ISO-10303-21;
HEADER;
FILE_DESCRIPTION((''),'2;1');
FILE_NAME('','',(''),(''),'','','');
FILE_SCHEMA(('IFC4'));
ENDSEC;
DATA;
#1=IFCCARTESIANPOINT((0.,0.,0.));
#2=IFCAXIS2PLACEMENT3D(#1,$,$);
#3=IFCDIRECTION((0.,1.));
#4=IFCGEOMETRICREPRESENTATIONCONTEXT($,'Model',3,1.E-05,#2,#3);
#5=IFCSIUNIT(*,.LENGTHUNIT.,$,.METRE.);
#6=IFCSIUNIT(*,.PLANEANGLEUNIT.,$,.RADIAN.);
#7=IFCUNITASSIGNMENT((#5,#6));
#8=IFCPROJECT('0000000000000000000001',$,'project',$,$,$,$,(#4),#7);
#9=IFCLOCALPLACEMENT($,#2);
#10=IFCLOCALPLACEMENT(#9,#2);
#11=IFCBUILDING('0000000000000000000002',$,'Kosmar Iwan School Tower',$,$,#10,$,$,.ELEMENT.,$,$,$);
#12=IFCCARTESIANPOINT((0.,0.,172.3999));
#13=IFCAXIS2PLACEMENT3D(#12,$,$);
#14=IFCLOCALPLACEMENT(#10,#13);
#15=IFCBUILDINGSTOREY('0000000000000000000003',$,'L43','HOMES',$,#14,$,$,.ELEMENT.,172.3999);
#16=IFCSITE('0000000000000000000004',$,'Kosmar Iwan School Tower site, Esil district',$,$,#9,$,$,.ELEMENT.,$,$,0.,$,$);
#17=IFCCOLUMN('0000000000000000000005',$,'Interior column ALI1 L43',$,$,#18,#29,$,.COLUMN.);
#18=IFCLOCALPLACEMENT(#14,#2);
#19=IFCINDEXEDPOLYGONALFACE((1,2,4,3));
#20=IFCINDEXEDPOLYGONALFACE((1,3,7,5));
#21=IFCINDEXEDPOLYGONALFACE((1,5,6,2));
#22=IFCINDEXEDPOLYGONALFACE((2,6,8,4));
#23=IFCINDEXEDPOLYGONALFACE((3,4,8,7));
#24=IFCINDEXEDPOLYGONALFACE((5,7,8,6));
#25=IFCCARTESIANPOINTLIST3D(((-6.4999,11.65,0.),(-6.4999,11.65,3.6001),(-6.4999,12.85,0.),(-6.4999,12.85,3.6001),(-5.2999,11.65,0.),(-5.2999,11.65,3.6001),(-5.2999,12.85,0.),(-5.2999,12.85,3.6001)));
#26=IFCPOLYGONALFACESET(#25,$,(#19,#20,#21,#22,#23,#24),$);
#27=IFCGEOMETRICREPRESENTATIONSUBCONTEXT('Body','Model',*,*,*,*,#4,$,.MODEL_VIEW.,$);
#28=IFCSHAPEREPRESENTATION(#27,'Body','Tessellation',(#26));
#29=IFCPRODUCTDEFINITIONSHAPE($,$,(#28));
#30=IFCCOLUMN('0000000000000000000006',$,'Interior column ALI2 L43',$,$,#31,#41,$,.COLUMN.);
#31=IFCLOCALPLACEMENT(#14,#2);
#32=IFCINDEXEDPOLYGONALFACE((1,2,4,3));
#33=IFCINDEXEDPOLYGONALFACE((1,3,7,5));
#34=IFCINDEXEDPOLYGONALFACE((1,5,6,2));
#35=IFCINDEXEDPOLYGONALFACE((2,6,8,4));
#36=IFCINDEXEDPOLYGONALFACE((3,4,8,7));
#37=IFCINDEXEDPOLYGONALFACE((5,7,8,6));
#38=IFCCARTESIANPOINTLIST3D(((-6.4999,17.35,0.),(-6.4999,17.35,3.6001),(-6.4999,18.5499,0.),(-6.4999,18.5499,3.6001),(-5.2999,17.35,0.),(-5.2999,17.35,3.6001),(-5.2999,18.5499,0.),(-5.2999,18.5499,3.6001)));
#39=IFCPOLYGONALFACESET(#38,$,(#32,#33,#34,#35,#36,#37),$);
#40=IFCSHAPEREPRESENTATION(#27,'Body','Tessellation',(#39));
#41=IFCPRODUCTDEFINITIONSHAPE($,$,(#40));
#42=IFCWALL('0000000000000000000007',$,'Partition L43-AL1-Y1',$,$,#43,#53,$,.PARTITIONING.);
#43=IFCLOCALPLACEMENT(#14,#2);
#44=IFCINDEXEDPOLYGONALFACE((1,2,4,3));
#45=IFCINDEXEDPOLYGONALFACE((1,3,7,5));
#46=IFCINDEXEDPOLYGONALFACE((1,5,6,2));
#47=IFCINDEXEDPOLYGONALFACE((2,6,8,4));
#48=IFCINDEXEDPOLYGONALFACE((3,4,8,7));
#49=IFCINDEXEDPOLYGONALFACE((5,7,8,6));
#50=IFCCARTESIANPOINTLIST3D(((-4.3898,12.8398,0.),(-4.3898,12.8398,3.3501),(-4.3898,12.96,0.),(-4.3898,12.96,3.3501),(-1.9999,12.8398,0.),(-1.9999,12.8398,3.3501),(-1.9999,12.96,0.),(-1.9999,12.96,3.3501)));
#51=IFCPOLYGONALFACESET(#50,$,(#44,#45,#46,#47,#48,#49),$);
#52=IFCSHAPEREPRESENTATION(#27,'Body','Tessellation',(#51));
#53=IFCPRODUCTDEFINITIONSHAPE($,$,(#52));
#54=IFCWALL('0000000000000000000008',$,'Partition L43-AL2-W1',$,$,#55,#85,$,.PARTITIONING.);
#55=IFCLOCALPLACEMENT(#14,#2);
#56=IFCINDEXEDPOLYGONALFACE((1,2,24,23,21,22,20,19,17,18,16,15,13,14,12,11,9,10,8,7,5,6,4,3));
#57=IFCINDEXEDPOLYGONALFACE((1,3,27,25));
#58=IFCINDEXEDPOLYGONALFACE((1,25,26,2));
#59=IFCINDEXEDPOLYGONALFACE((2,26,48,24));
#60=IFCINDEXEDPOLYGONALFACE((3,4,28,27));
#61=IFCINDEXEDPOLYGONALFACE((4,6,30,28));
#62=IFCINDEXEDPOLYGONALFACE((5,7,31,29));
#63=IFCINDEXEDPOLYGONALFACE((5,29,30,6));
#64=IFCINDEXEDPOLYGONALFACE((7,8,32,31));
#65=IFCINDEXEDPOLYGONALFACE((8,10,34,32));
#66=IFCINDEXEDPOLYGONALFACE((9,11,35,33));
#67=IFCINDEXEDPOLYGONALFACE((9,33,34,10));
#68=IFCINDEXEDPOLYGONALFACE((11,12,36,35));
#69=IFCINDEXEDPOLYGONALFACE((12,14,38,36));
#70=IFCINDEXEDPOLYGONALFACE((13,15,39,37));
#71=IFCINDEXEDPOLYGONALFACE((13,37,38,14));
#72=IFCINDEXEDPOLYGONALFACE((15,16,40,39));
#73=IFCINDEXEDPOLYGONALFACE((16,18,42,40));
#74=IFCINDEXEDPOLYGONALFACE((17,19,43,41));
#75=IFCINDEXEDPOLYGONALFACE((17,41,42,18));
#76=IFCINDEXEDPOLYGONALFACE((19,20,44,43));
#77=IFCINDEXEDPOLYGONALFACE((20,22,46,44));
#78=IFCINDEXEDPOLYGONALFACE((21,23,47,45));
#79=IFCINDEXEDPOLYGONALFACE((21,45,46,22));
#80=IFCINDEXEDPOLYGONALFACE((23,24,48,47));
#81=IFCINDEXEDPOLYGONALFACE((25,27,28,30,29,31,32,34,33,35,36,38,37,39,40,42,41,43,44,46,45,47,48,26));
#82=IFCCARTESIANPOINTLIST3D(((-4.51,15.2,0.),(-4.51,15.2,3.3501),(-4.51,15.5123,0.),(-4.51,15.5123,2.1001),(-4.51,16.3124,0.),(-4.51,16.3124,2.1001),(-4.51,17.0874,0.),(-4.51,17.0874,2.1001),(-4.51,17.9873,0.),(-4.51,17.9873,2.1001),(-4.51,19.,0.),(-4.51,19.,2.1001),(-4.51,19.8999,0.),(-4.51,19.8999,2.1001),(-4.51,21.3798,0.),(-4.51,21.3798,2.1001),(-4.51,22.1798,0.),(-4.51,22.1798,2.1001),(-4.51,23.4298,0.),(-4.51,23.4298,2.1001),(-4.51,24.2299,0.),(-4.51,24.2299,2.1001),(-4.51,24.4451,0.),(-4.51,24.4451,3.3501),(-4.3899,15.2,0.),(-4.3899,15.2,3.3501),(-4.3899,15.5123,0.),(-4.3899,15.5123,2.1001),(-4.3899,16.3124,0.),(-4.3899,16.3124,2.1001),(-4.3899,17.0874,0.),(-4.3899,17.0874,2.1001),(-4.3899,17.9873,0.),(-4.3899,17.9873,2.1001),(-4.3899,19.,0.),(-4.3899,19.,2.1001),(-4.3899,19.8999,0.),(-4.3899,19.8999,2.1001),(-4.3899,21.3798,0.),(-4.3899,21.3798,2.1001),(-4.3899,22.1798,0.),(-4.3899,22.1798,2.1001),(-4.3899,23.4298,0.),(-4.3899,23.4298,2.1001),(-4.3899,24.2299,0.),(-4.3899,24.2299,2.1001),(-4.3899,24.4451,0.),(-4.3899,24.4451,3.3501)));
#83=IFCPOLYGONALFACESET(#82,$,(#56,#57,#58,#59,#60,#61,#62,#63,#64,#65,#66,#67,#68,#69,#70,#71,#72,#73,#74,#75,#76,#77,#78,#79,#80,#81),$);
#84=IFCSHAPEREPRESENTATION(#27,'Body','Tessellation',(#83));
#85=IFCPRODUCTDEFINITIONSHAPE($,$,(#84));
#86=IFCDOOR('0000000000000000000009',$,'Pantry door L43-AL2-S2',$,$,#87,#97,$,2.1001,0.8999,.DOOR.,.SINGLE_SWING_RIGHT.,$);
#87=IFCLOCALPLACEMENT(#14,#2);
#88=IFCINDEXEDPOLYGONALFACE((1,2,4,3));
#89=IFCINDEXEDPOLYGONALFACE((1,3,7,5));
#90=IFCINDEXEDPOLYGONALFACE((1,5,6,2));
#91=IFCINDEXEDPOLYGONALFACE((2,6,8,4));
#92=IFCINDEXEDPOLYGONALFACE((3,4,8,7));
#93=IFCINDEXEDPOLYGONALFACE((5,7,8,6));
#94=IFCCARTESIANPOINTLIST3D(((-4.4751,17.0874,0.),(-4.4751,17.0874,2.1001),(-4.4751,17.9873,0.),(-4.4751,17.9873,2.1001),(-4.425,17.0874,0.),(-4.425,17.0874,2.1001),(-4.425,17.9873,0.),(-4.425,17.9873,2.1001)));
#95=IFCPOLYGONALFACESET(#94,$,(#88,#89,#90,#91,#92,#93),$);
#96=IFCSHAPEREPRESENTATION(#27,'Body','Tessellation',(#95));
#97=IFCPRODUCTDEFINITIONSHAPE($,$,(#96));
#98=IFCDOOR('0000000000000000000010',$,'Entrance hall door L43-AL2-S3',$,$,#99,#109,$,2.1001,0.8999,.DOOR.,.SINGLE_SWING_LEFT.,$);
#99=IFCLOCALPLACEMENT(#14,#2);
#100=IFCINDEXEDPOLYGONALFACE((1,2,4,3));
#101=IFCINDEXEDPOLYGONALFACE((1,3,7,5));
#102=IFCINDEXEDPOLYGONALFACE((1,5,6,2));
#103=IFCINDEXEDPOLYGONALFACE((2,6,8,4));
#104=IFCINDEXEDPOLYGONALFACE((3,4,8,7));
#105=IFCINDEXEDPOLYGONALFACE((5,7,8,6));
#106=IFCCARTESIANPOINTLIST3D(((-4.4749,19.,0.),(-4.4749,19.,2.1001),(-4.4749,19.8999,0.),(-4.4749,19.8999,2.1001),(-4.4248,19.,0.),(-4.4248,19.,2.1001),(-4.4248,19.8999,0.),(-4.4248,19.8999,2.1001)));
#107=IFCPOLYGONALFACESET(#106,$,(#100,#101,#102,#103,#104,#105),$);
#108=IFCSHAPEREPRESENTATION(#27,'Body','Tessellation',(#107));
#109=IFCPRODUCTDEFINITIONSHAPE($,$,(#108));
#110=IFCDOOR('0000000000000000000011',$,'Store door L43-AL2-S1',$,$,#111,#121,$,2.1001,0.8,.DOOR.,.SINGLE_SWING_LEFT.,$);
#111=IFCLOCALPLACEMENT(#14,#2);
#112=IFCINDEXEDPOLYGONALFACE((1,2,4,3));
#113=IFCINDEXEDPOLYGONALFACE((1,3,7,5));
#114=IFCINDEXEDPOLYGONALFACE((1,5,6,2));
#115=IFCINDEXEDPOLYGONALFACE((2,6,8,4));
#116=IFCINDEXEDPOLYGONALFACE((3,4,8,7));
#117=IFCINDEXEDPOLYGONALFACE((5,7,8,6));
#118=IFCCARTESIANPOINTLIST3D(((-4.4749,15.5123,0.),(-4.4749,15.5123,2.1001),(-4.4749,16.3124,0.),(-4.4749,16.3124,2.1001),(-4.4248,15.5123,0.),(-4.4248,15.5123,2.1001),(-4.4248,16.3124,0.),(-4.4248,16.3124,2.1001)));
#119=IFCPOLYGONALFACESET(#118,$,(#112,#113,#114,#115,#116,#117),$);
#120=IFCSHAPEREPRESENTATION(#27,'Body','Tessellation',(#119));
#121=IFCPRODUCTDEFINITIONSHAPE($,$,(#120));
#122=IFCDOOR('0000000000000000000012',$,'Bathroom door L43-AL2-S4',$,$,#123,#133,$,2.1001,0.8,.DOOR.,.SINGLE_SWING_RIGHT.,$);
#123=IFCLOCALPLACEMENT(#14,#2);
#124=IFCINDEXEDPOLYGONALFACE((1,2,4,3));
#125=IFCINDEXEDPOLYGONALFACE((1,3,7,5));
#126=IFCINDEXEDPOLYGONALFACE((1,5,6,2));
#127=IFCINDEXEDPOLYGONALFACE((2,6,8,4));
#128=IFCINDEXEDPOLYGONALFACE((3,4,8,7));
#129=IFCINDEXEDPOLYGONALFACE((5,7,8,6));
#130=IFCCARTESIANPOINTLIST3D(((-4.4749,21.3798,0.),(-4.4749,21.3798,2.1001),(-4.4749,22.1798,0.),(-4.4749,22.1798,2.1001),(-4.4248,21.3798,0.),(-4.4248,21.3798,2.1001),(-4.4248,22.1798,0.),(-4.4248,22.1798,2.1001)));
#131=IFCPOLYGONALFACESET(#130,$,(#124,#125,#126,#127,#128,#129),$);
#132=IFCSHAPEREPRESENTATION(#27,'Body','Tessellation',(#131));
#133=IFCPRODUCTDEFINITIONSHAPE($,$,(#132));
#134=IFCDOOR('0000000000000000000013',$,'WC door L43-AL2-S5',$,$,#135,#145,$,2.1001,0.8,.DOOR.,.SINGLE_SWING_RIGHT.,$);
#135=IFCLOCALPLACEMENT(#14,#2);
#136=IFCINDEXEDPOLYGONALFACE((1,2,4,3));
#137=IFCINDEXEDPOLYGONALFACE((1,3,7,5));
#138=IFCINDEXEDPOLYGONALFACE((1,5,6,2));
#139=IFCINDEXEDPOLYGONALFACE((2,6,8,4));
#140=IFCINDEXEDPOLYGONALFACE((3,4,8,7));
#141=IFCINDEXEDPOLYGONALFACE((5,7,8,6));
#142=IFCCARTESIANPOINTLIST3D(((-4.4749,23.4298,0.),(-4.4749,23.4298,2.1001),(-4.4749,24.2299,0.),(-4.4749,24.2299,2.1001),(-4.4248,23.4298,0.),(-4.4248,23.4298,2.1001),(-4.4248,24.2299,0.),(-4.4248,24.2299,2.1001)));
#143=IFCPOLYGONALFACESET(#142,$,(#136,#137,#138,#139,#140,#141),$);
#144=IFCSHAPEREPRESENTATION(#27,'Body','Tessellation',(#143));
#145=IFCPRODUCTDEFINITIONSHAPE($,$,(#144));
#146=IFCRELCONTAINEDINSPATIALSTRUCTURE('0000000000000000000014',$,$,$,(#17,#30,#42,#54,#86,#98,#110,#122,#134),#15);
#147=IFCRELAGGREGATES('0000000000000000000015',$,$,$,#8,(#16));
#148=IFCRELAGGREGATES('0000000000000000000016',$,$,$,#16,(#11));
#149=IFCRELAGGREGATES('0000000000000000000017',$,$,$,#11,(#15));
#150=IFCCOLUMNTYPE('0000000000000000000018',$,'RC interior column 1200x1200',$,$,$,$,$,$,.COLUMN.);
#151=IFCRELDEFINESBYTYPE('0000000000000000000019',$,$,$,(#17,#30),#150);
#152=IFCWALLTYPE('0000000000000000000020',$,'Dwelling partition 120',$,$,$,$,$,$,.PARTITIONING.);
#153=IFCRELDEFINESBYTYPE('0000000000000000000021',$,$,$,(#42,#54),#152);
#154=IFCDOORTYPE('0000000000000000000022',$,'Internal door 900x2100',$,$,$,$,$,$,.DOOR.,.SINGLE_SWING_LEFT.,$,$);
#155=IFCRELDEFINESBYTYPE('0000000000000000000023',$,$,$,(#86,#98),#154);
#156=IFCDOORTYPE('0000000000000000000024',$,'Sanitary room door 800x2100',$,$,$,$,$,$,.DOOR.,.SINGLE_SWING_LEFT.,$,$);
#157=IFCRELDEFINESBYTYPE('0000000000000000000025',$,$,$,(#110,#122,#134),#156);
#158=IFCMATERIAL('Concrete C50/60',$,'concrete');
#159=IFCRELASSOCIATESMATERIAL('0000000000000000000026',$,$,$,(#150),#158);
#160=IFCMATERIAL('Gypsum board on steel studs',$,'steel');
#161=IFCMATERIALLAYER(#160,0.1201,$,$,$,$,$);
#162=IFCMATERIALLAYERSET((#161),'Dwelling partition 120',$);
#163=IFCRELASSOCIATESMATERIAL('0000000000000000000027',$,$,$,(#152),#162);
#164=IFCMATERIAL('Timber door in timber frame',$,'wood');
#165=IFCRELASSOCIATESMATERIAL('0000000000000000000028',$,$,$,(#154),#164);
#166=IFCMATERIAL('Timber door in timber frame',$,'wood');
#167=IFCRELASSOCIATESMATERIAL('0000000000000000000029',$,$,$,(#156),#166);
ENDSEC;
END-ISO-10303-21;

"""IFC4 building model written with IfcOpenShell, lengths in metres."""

from ifc_helpers import new_model, si_unit, direction, frame, frame_2d, origin, origin_2d, place, context, subcontext, project, spatial, rectangle, extrude, material, layer, layer_set, material_profile, profile_set, type_object, element, fill, save


model = new_model("IFC4")

# Units and contexts
model_context = context("Model", 3, precision=1e-05, world=origin(), true_north=direction((0.0, 1.0)))
body_context = subcontext(model_context, "Body", "Model", "MODEL_VIEW")
ifc_project = project(units=[si_unit("LENGTHUNIT", "METRE"), si_unit("PLANEANGLEUNIT", "RADIAN")], contexts=[model_context])

# Site, building, storey
site_placement = place(None, origin())
site = spatial("IfcSite", under=ifc_project, at=site_placement, Name="Kosmar Iwan School Tower site, Esil district", CompositionType="ELEMENT", RefElevation=0.0)
building_placement = place(site_placement, origin())
building = spatial("IfcBuilding", under=site, at=building_placement, Name="Kosmar Iwan School Tower", CompositionType="ELEMENT")
storey_placement = place(building_placement, frame((0.0, 0.0, 172.3999)))
storey = spatial("IfcBuildingStorey", under=building, at=storey_placement, Name="L43", Description="HOMES", CompositionType="ELEMENT", Elevation=172.3999)

# Columns
ifc_material_1 = material(Name="Concrete C50/60", Category="concrete")
ifc_material_profile = material_profile(ifc_material_1, rectangle(XDim=1.2, YDim=1.2, at=origin_2d()), Name="RC 1200x1200")
ifc_profile_set = profile_set([ifc_material_profile], Name="Concrete C50/60")
column_type = type_object("IfcColumnType", Name="RC interior column 1200x1200", PredefinedType="COLUMN", material=ifc_profile_set)
for number, where, z_axis, x_axis, name in (
    (1, (-5.8999, 12.25, 0.0), (0.0, 0.0, 1.0), (0.0, 1.0, 0.0), "Interior column ALI1 L43"),
    (2, (-5.8999, 17.95, 0.0), (0.0, 0.0, 1.0), (0.0, 1.0, 0.0), "Interior column ALI2 L43"),
):
    element("IfcColumn", number, at=place(storey_placement, frame(where, z_axis=z_axis, x_axis=x_axis)), inside=storey, type_object=column_type, Name=name, PredefinedType="COLUMN", context=body_context, shape_type="SweptSolid", body=[
        extrude(rectangle(XDim=1.2, YDim=1.2, at=origin_2d()), origin(), (0.0, 0.0, 1.0), 3.6001),
    ])

# Wall
ifc_material_2 = material(Name="Gypsum board on steel studs", Category="steel")
ifc_layer_1 = layer(ifc_material_2, 0.1201)
ifc_layer_set_1 = layer_set([ifc_layer_1], Name="Dwelling partition 120")
wall_type_1 = type_object("IfcWallType", Name="Dwelling partition 120", PredefinedType="PARTITIONING", material=ifc_layer_set_1)
wall_1_placement = place(storey_placement, frame((-2.0, 12.8999, 0.0), z_axis=(0.0, 0.0, 1.0), x_axis=(-1.0, 0.0, 0.0)))
element("IfcWall", 3, at=wall_1_placement, inside=storey, type_object=wall_type_1, Name="Partition L43-AL1-Y1", PredefinedType="PARTITIONING", context=body_context, shape_type="SweptSolid", body=[
    extrude(rectangle(XDim=2.3899, YDim=0.1201, at=frame_2d((1.1948, 0.0))), origin(), (0.0, 0.0, 1.0), 3.3501),
])

# Wall, openings, doors
wall_2_placement = place(storey_placement, frame((-4.45, 15.2, 0.0), z_axis=(0.0, 0.0, 1.0), x_axis=(0.0, 1.0, 0.0)))
wall_2 = element("IfcWall", 4, at=wall_2_placement, inside=storey, type_object=wall_type_1, Name="Partition L43-AL2-W1", PredefinedType="PARTITIONING", context=body_context, shape_type="SweptSolid", body=[
    extrude(rectangle(XDim=9.2451, YDim=0.1201, at=frame_2d((4.6226, 0.0))), origin(), (0.0, 0.0, 1.0), 3.3501),
])
opening_1_placement = place(wall_2_placement, frame((0.3125, 0.0, 0.0)))
opening_1 = element("IfcOpeningElement", 5, at=opening_1_placement, cuts=wall_2, PredefinedType="OPENING", context=body_context, shape_type="SweptSolid", body=[
    extrude(rectangle(XDim=0.8, YDim=2.1001, at=frame_2d((0.3999, 1.05))), frame((0.0, 0.072, 0.0), z_axis=(0.0, -1.0, 0.0), x_axis=(1.0, 0.0, 0.0)), (0.0, 0.0, 1.0), 0.144),
])
opening_2_placement = place(wall_2_placement, frame((1.8875, 0.0, 0.0)))
opening_2 = element("IfcOpeningElement", 6, at=opening_2_placement, cuts=wall_2, PredefinedType="OPENING", context=body_context, shape_type="SweptSolid", body=[
    extrude(rectangle(XDim=0.8999, YDim=2.1001, at=frame_2d((0.45, 1.05))), frame((0.0, 0.072, 0.0), z_axis=(0.0, -1.0, 0.0), x_axis=(1.0, 0.0, 0.0)), (0.0, 0.0, 1.0), 0.144),
])
opening_3_placement = place(wall_2_placement, frame((3.8, 0.0, 0.0)))
opening_3 = element("IfcOpeningElement", 7, at=opening_3_placement, cuts=wall_2, PredefinedType="OPENING", context=body_context, shape_type="SweptSolid", body=[
    extrude(rectangle(XDim=0.8999, YDim=2.1001, at=frame_2d((0.45, 1.05))), frame((0.0, 0.072, 0.0), z_axis=(0.0, -1.0, 0.0), x_axis=(1.0, 0.0, 0.0)), (0.0, 0.0, 1.0), 0.144),
])
opening_4_placement = place(wall_2_placement, frame((6.1799, 0.0, 0.0)))
opening_4 = element("IfcOpeningElement", 8, at=opening_4_placement, cuts=wall_2, PredefinedType="OPENING", context=body_context, shape_type="SweptSolid", body=[
    extrude(rectangle(XDim=0.8, YDim=2.1001, at=frame_2d((0.3999, 1.05))), frame((0.0, 0.072, 0.0), z_axis=(0.0, -1.0, 0.0), x_axis=(1.0, 0.0, 0.0)), (0.0, 0.0, 1.0), 0.144),
])
opening_5_placement = place(wall_2_placement, frame((8.23, 0.0, 0.0)))
opening_5 = element("IfcOpeningElement", 9, at=opening_5_placement, cuts=wall_2, PredefinedType="OPENING", context=body_context, shape_type="SweptSolid", body=[
    extrude(rectangle(XDim=0.8, YDim=2.1001, at=frame_2d((0.3999, 1.05))), frame((0.0, 0.072, 0.0), z_axis=(0.0, -1.0, 0.0), x_axis=(1.0, 0.0, 0.0)), (0.0, 0.0, 1.0), 0.144),
])
ifc_material_3 = material(Name="Timber door in timber frame", Category="wood")
door_type_1 = type_object("IfcDoorType", Name="Internal door 900x2100", OperationType="SINGLE_SWING_LEFT", PredefinedType="DOOR", material=ifc_material_3)
door_1_placement = place(opening_2_placement, frame((0.8999, 0.0, 0.0), z_axis=(0.0, 0.0, 1.0), x_axis=(-1.0, 0.0, 0.0)))
door_1 = element("IfcDoor", 10, at=door_1_placement, inside=storey, type_object=door_type_1, Name="Pantry door L43-AL2-S2", OperationType="SINGLE_SWING_RIGHT", OverallHeight=2.1001, OverallWidth=0.8999, PredefinedType="DOOR", context=body_context, shape_type="SweptSolid", body=[
    extrude(rectangle(XDim=0.8999, YDim=2.1001, at=frame_2d((0.45, 1.05))), frame((0.0, 0.0249, 0.0), z_axis=(0.0, -1.0, 0.0), x_axis=(1.0, 0.0, 0.0)), (0.0, 0.0, 1.0), 0.05),
])
fill(opening_2, door_1)
door_2_placement = place(opening_3_placement, origin())
door_2 = element("IfcDoor", 11, at=door_2_placement, inside=storey, type_object=door_type_1, Name="Entrance hall door L43-AL2-S3", OperationType="SINGLE_SWING_LEFT", OverallHeight=2.1001, OverallWidth=0.8999, PredefinedType="DOOR", context=body_context, shape_type="SweptSolid", body=[
    extrude(rectangle(XDim=0.8999, YDim=2.1001, at=frame_2d((0.45, 1.05))), frame((0.0, 0.0249, 0.0), z_axis=(0.0, -1.0, 0.0), x_axis=(1.0, 0.0, 0.0)), (0.0, 0.0, 1.0), 0.05),
])
fill(opening_3, door_2)
ifc_material_4 = material(Name="Timber door in timber frame", Category="wood")
door_type_2 = type_object("IfcDoorType", Name="Sanitary room door 800x2100", OperationType="SINGLE_SWING_LEFT", PredefinedType="DOOR", material=ifc_material_4)
door_3_placement = place(opening_1_placement, origin())
door_3 = element("IfcDoor", 12, at=door_3_placement, inside=storey, type_object=door_type_2, Name="Store door L43-AL2-S1", OperationType="SINGLE_SWING_LEFT", OverallHeight=2.1001, OverallWidth=0.8, PredefinedType="DOOR", context=body_context, shape_type="SweptSolid", body=[
    extrude(rectangle(XDim=0.8, YDim=2.1001, at=frame_2d((0.3999, 1.05))), frame((0.0, 0.0249, 0.0), z_axis=(0.0, -1.0, 0.0), x_axis=(1.0, 0.0, 0.0)), (0.0, 0.0, 1.0), 0.05),
])
fill(opening_1, door_3)
door_4_placement = place(opening_4_placement, origin())
door_4 = element("IfcDoor", 13, at=door_4_placement, inside=storey, type_object=door_type_2, Name="Bathroom door L43-AL2-S4", OperationType="SINGLE_SWING_RIGHT", OverallHeight=2.1001, OverallWidth=0.8, PredefinedType="DOOR", context=body_context, shape_type="SweptSolid", body=[
    extrude(rectangle(XDim=0.8, YDim=2.1001, at=frame_2d((0.3999, 1.05))), frame((0.0, 0.0249, 0.0), z_axis=(0.0, -1.0, 0.0), x_axis=(1.0, 0.0, 0.0)), (0.0, 0.0, 1.0), 0.05),
])
fill(opening_4, door_4)
door_5_placement = place(opening_5_placement, origin())
door_5 = element("IfcDoor", 14, at=door_5_placement, inside=storey, type_object=door_type_2, Name="WC door L43-AL2-S5", OperationType="SINGLE_SWING_RIGHT", OverallHeight=2.1001, OverallWidth=0.8, PredefinedType="DOOR", context=body_context, shape_type="SweptSolid", body=[
    extrude(rectangle(XDim=0.8, YDim=2.1001, at=frame_2d((0.3999, 1.05))), frame((0.0, 0.0249, 0.0), z_axis=(0.0, -1.0, 0.0), x_axis=(1.0, 0.0, 0.0)), (0.0, 0.0, 1.0), 0.05),
])
fill(opening_5, door_5)

save(model, "model.ifc")
